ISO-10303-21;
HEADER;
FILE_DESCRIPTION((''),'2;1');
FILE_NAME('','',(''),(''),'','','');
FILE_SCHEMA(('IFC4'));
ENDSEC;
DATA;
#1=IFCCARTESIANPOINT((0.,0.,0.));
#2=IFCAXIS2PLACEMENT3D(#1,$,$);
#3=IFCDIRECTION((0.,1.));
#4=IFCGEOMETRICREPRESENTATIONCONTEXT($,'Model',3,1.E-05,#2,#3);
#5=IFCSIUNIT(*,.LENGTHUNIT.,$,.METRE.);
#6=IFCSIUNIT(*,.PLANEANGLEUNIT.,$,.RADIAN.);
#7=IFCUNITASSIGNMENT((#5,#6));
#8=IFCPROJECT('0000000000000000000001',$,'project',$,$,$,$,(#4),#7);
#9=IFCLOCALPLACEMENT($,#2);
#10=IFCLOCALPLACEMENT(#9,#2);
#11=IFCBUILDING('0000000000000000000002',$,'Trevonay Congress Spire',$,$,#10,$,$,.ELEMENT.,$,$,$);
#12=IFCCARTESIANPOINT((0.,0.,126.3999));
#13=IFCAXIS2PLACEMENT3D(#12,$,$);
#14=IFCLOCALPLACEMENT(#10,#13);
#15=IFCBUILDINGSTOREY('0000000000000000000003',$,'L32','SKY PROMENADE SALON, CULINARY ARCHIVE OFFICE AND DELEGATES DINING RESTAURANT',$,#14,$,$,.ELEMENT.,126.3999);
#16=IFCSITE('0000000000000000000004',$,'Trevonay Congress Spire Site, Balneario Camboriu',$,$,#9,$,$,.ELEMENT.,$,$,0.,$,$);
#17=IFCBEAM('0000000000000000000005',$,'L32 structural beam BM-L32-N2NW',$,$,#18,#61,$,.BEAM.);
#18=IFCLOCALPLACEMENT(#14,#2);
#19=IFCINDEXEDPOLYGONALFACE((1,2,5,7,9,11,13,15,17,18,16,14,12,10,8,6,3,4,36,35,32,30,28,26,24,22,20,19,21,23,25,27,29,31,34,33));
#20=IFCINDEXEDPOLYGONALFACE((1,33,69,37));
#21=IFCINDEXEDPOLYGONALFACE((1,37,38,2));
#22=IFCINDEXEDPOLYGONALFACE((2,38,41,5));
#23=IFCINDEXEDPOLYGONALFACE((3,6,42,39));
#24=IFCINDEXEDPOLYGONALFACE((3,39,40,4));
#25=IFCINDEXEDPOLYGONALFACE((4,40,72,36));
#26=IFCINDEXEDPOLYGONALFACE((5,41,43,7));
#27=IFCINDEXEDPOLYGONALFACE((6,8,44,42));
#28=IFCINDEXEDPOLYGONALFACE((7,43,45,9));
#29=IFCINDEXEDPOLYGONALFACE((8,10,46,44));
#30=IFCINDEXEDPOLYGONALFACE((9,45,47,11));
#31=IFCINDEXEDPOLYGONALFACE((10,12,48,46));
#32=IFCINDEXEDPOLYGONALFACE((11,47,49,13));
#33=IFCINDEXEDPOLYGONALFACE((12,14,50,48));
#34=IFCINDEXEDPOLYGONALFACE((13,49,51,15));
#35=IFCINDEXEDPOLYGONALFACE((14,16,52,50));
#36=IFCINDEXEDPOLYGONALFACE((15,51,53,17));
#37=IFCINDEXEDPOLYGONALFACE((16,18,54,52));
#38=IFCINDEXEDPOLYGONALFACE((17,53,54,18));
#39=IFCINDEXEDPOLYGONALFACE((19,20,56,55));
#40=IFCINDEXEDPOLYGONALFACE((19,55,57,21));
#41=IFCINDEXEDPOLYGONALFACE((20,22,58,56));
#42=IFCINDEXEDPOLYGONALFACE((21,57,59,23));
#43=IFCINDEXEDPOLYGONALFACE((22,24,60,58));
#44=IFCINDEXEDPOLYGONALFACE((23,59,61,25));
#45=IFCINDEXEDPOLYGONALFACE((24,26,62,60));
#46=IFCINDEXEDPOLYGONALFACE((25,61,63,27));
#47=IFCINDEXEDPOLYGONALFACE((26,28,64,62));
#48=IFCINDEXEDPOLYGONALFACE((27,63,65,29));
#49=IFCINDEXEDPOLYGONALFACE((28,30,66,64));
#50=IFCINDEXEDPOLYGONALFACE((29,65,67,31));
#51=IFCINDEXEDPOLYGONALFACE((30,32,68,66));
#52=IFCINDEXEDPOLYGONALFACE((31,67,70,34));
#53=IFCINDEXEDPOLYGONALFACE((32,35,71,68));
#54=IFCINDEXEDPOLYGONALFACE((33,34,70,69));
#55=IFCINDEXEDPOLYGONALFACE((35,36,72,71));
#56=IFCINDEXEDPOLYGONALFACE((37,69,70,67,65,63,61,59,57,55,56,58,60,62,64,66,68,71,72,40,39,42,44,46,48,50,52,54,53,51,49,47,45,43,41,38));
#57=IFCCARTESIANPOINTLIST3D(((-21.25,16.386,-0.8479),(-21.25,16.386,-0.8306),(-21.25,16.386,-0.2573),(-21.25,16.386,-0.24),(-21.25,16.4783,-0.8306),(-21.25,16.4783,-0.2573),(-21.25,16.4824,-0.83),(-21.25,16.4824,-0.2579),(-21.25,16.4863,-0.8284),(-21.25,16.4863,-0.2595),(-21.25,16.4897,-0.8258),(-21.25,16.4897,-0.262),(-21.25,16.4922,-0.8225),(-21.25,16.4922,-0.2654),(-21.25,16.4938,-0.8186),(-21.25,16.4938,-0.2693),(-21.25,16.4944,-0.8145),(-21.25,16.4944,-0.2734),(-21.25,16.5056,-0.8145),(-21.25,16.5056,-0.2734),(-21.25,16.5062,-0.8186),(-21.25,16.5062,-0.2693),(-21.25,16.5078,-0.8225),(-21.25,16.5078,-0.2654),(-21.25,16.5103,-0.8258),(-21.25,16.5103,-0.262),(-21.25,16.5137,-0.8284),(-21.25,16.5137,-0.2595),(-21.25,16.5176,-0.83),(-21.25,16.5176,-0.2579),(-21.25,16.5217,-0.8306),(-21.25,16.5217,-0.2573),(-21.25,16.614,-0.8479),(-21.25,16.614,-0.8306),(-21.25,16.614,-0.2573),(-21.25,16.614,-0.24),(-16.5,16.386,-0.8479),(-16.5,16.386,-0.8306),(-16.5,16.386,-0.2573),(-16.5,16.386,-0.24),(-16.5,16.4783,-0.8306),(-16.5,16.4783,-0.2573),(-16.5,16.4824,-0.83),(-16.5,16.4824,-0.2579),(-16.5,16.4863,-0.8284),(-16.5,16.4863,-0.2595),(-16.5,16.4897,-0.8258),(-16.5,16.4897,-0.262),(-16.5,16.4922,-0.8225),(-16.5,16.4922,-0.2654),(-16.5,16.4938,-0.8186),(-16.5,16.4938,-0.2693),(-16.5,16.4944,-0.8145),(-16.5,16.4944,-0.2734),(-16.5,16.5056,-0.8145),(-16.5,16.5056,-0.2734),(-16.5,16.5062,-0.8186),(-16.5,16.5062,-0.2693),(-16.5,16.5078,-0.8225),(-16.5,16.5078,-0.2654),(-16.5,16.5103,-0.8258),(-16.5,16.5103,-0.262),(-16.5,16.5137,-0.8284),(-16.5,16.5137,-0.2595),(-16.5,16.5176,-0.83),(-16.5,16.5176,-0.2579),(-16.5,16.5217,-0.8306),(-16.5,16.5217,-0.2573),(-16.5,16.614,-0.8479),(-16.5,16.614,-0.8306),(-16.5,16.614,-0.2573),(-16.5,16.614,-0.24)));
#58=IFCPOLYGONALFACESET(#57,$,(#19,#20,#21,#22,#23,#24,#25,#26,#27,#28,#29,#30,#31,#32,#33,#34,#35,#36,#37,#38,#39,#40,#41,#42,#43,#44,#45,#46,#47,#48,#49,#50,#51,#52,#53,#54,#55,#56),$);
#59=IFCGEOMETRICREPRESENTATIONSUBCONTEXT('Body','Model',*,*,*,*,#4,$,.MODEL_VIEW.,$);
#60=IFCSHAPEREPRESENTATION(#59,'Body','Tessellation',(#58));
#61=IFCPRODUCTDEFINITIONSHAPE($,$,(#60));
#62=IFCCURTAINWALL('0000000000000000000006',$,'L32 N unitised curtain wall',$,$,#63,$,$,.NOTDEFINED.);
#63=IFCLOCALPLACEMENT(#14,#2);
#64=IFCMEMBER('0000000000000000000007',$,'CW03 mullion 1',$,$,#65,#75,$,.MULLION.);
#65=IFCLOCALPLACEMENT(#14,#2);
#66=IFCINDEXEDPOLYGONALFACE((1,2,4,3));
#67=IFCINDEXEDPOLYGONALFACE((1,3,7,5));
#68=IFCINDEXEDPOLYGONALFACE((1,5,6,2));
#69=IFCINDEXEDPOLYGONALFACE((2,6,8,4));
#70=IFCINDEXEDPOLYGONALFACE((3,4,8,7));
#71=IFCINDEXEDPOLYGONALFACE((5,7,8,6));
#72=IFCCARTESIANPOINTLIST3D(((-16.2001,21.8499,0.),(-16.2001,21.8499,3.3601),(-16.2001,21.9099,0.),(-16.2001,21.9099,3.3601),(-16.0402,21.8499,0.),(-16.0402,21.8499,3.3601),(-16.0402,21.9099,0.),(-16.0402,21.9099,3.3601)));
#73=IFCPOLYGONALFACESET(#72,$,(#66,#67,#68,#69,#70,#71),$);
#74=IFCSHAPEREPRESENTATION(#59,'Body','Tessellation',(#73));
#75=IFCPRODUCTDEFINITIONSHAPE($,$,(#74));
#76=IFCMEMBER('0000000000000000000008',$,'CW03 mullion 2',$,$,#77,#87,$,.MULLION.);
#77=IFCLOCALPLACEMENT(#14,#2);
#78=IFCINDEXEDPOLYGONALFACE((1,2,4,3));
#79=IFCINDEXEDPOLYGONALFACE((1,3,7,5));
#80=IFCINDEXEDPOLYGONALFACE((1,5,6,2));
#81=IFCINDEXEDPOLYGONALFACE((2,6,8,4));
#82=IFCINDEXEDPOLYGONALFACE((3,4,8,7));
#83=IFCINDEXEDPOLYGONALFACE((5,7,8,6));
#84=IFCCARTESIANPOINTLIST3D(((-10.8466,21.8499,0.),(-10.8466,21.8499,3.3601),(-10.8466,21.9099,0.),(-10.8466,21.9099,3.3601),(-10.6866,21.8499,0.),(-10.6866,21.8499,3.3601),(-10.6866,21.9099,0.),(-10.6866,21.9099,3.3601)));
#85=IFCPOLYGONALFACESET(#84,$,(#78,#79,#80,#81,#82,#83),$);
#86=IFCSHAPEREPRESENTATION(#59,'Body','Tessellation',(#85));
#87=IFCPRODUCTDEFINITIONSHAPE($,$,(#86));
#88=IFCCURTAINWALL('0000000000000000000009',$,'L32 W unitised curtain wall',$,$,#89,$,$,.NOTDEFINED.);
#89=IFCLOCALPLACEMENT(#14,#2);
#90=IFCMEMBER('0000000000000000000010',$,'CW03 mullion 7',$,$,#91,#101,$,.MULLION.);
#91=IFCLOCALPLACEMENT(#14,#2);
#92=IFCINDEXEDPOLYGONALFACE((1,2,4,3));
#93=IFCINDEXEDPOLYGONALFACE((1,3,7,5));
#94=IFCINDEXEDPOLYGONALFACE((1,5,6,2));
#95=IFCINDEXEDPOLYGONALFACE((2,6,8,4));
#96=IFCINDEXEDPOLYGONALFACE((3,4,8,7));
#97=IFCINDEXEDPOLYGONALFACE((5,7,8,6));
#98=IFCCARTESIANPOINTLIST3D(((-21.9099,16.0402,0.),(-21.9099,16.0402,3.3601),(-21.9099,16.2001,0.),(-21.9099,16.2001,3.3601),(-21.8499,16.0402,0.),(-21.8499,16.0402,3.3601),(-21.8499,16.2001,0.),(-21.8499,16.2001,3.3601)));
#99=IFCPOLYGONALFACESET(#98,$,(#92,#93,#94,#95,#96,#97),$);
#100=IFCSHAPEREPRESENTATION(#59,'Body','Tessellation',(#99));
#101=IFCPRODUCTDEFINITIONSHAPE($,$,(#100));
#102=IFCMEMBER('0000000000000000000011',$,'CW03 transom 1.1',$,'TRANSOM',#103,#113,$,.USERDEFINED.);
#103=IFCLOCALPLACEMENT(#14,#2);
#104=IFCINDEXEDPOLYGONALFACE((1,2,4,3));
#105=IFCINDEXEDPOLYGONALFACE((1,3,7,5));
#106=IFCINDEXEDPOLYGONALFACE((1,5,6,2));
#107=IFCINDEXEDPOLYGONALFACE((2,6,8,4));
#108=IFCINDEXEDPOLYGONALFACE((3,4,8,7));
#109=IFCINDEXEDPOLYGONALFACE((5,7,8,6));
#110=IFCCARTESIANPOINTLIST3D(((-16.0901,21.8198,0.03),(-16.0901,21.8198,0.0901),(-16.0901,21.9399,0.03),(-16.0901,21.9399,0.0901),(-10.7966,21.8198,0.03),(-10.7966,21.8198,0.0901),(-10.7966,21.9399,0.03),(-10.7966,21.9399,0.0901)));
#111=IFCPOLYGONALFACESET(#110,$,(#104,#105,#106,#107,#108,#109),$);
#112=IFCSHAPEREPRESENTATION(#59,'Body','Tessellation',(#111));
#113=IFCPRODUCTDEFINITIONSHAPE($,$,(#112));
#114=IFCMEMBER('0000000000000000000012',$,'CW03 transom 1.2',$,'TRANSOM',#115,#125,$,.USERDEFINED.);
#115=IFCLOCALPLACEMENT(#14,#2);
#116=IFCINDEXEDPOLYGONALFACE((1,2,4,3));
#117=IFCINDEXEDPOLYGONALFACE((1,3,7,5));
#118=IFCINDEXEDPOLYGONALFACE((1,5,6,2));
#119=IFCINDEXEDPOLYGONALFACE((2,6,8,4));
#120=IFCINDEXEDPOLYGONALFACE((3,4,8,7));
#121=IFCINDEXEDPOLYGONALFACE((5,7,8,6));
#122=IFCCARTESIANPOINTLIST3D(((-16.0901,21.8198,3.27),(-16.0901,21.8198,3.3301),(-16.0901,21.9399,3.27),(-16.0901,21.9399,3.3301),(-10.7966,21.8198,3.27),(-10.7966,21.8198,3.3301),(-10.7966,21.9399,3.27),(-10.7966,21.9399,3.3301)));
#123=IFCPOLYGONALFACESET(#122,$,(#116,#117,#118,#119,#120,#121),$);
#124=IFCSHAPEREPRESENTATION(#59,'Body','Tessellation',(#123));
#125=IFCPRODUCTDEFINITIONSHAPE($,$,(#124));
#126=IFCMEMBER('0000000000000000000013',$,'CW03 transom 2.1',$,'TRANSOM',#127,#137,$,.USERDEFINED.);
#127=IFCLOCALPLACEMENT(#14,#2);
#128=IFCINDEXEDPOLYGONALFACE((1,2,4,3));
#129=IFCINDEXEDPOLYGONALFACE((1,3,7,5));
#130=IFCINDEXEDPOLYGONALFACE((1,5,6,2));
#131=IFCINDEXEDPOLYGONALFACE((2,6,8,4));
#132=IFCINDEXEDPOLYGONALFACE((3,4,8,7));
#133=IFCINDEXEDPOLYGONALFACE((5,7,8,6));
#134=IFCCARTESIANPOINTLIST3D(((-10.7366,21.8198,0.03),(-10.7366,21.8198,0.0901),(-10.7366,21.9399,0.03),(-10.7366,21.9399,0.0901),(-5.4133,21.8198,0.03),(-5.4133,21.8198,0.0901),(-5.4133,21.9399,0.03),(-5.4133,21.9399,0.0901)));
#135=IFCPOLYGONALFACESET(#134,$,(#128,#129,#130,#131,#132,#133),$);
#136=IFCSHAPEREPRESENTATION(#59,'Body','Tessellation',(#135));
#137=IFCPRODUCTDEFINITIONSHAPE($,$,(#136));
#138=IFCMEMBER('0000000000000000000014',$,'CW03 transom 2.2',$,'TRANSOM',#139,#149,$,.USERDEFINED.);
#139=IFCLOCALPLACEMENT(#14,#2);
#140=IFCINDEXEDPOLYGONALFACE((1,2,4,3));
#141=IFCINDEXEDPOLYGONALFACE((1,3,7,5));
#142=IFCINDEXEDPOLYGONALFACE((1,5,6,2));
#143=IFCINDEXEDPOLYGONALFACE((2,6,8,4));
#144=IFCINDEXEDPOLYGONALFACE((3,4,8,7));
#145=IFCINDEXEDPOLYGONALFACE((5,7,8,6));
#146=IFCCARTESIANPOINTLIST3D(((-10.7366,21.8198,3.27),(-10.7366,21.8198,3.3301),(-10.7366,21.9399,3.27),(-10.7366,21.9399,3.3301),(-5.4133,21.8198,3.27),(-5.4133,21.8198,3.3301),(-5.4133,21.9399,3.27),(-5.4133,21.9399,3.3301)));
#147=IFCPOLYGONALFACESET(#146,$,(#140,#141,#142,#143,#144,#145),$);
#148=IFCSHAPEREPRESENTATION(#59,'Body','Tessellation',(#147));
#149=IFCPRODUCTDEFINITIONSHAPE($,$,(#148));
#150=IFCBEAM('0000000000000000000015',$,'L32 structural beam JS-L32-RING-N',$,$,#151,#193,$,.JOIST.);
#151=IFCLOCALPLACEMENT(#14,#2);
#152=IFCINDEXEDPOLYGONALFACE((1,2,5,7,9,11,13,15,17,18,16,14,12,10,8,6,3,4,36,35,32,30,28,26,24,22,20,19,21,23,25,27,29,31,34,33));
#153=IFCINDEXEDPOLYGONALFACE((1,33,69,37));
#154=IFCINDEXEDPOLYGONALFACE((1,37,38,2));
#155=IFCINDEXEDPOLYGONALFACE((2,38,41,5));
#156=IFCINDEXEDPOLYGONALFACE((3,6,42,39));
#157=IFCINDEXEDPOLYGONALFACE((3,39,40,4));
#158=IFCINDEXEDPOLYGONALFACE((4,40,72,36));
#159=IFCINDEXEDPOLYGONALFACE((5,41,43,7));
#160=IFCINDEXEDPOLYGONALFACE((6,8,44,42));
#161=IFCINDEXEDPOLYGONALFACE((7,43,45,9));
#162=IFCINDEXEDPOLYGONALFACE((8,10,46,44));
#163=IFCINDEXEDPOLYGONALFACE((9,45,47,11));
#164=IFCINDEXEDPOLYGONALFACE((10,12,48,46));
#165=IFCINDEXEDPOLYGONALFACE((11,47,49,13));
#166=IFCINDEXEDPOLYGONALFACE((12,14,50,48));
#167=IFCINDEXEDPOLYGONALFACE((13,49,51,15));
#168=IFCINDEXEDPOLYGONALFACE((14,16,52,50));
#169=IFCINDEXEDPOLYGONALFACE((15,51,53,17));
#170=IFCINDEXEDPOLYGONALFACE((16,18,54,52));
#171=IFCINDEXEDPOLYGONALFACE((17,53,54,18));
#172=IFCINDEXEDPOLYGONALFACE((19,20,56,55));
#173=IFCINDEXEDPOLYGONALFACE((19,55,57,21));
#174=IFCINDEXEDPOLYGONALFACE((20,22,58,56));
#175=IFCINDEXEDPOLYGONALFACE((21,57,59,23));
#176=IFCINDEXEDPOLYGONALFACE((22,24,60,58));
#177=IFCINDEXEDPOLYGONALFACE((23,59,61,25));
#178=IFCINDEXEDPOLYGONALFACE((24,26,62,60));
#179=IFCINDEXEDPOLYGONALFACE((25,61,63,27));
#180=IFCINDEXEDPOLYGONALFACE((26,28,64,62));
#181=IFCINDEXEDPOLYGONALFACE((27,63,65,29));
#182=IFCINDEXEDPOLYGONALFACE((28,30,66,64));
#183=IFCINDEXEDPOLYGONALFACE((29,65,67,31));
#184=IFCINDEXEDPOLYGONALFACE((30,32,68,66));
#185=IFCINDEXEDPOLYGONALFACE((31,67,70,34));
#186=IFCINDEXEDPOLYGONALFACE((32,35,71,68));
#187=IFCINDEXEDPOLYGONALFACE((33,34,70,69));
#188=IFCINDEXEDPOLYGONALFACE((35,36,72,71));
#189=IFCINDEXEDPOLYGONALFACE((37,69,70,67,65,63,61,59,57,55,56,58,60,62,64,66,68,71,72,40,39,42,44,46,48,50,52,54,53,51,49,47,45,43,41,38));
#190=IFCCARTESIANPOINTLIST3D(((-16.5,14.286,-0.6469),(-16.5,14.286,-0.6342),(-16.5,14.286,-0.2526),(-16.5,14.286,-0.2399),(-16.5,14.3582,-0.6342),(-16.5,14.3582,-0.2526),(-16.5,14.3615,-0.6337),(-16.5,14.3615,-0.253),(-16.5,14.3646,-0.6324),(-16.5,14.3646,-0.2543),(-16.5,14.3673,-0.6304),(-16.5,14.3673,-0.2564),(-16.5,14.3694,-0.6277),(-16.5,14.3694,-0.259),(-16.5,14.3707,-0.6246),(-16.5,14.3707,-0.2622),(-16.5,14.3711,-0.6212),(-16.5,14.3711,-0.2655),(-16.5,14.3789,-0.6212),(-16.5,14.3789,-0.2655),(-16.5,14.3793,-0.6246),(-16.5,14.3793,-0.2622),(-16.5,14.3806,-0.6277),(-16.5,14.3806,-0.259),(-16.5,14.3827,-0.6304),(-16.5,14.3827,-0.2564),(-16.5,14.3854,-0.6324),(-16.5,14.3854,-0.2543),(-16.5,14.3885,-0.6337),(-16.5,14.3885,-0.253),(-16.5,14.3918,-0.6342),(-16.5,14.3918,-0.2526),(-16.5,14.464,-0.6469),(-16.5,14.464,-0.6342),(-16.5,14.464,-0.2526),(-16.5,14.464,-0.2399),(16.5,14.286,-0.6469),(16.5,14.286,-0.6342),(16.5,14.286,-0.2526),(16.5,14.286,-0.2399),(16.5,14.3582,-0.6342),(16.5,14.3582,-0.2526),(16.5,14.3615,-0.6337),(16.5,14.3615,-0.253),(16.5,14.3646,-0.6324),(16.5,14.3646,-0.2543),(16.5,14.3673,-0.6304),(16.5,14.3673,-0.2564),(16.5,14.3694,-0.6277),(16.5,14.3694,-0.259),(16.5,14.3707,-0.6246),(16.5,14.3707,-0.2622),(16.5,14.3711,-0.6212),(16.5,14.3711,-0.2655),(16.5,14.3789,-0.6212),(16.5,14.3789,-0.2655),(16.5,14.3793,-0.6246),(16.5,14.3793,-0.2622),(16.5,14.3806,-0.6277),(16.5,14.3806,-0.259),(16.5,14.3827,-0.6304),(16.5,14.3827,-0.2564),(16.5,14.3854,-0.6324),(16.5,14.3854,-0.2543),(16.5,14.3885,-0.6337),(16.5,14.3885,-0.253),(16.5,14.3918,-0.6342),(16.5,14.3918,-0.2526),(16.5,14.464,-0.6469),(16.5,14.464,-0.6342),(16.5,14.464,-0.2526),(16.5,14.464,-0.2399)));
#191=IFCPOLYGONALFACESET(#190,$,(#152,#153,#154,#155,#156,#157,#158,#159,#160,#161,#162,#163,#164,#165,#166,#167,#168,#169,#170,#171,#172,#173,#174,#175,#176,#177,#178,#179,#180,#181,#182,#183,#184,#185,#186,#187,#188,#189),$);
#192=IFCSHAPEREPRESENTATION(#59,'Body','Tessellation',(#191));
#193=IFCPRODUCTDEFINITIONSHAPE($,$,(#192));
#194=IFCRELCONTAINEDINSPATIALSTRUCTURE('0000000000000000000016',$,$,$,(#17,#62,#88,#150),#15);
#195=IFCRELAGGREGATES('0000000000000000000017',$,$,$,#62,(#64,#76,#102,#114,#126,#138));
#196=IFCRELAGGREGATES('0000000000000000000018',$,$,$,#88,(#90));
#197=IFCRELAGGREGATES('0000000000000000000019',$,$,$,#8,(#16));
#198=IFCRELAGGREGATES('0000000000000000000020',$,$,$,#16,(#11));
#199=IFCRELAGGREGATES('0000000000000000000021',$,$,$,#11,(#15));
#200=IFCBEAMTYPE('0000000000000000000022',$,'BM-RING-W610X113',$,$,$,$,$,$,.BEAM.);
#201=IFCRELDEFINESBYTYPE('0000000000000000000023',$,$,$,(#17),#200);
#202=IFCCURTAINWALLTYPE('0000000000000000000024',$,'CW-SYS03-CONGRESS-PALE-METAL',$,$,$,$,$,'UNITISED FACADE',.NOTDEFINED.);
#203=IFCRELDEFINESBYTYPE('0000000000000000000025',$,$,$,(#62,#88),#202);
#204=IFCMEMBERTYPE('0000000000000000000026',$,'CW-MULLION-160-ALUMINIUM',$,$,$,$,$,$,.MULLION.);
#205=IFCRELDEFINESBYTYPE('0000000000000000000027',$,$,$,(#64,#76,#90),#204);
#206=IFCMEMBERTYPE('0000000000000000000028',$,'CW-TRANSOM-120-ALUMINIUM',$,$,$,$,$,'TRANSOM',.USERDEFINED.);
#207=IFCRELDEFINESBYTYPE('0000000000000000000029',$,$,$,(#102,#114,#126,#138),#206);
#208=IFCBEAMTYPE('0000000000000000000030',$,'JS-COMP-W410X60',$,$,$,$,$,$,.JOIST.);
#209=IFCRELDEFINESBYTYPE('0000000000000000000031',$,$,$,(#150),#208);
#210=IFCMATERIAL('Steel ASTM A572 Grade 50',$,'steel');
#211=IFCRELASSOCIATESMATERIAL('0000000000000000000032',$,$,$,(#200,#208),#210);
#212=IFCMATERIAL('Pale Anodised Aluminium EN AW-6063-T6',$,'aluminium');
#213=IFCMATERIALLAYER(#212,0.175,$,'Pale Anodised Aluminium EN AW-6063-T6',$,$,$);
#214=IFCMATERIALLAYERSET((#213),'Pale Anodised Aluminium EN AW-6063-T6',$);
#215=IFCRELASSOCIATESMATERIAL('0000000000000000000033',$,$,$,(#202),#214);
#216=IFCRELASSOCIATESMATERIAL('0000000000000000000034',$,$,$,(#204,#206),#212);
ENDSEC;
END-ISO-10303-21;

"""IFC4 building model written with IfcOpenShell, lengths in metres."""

from ifc_helpers import new_model, si_unit, direction, frame, origin, origin_2d, place, context, subcontext, project, spatial, rectangle, i_section, extrude, material, layer, layer_set, material_profile, profile_set, type_object, element, aggregate, save


model = new_model("IFC4")

# Units and contexts
model_context = context("Model", 3, precision=1e-05, world=origin(), true_north=direction((0.0, 1.0)))
body_context = subcontext(model_context, "Body", "Model", "MODEL_VIEW")
ifc_project = project(units=[si_unit("LENGTHUNIT", "METRE"), si_unit("PLANEANGLEUNIT", "RADIAN")], contexts=[model_context])

# Site, building, storey
site_placement = place(None, origin())
site = spatial("IfcSite", under=ifc_project, at=site_placement, Name="Trevonay Congress Spire Site, Balneario Camboriu", CompositionType="ELEMENT", RefElevation=0.0)
building_placement = place(site_placement, origin())
building = spatial("IfcBuilding", under=site, at=building_placement, Name="Trevonay Congress Spire", CompositionType="ELEMENT")
storey_placement = place(building_placement, frame((0.0, 0.0, 126.3999)))
storey = spatial("IfcBuildingStorey", under=building, at=storey_placement, Name="L32", Description="SKY PROMENADE SALON, CULINARY ARCHIVE OFFICE AND DELEGATES DINING RESTAURANT", CompositionType="ELEMENT", Elevation=126.3999)

# Shared definitions
ifc_material_1 = material(Name="Steel ASTM A572 Grade 50", Category="steel")

# Beam
ifc_material_profile_1 = material_profile(ifc_material_1, i_section(OverallWidth=0.228, OverallDepth=0.6079, WebThickness=0.0112, FlangeThickness=0.0173, FilletRadius=0.0161, at=origin_2d()), Name="W610x113")
ifc_profile_set_1 = profile_set([ifc_material_profile_1], Name="Steel ASTM A572 Grade 50")
beam_type_1 = type_object("IfcBeamType", Name="BM-RING-W610X113", PredefinedType="BEAM", material=ifc_profile_set_1)
for number, where, z_axis, x_axis, name in (
    (1, (-21.25, 16.5, -0.5439), (1.0, 0.0, 0.0), (0.0, 1.0, 0.0), "L32 structural beam BM-L32-N2NW"),
):
    element("IfcBeam", number, at=place(storey_placement, frame(where, z_axis=z_axis, x_axis=x_axis)), inside=storey, type_object=beam_type_1, Name=name, PredefinedType="BEAM", context=body_context, shape_type="SweptSolid", body=[
        extrude(i_section(OverallWidth=0.228, OverallDepth=0.6079, WebThickness=0.0112, FlangeThickness=0.0173, FilletRadius=0.0161, at=origin_2d()), origin(), (0.0, 0.0, 1.0), 4.75),
    ])

# Curtain wall, members
ifc_material_2 = material(Name="Pale Anodised Aluminium EN AW-6063-T6", Category="aluminium")
ifc_layer_1 = layer(ifc_material_2, 0.175, Name="Pale Anodised Aluminium EN AW-6063-T6")
ifc_layer_set_1 = layer_set([ifc_layer_1], Name="Pale Anodised Aluminium EN AW-6063-T6")
curtain_wall_type = type_object("IfcCurtainWallType", Name="CW-SYS03-CONGRESS-PALE-METAL", ElementType="UNITISED FACADE", PredefinedType="NOTDEFINED", material=ifc_layer_set_1)
curtain_wall_1_placement = place(storey_placement, origin())
curtain_wall_1 = element("IfcCurtainWall", 2, at=curtain_wall_1_placement, inside=storey, type_object=curtain_wall_type, Name="L32 N unitised curtain wall", PredefinedType="NOTDEFINED")
ifc_material_profile_2 = material_profile(ifc_material_2, rectangle(XDim=0.0601, YDim=0.1599, at=origin_2d()), Name="CW-MULLION-160-ALUMINIUM")
ifc_profile_set_2 = profile_set([ifc_material_profile_2], Name="Pale Anodised Aluminium EN AW-6063-T6")
member_type_1 = type_object("IfcMemberType", Name="CW-MULLION-160-ALUMINIUM", PredefinedType="MULLION", material=ifc_profile_set_2)
member_1_placement = place(storey_placement, frame((-16.1201, 21.8799, 0.0), z_axis=(0.0, 0.0, 1.0), x_axis=(0.0, 1.0, 0.0)))
member_1 = element("IfcMember", 3, at=member_1_placement, type_object=member_type_1, Name="CW03 mullion 1", PredefinedType="MULLION", context=body_context, shape_type="SweptSolid", body=[
    extrude(rectangle(XDim=0.0601, YDim=0.1599, at=origin_2d()), origin(), (0.0, 0.0, 1.0), 3.3601),
])
member_2_placement = place(storey_placement, frame((-10.7666, 21.8799, 0.0), z_axis=(0.0, 0.0, 1.0), x_axis=(0.0, 1.0, 0.0)))
member_2 = element("IfcMember", 4, at=member_2_placement, type_object=member_type_1, Name="CW03 mullion 2", PredefinedType="MULLION", context=body_context, shape_type="SweptSolid", body=[
    extrude(rectangle(XDim=0.0601, YDim=0.1599, at=origin_2d()), origin(), (0.0, 0.0, 1.0), 3.3601),
])

# Curtain wall, member
curtain_wall_2_placement = place(storey_placement, origin())
curtain_wall_2 = element("IfcCurtainWall", 5, at=curtain_wall_2_placement, inside=storey, type_object=curtain_wall_type, Name="L32 W unitised curtain wall", PredefinedType="NOTDEFINED")
member_3_placement = place(storey_placement, frame((-21.8799, 16.1201, 0.0), z_axis=(0.0, 0.0, 1.0), x_axis=(-1.0, 0.0, 0.0)))
member_3 = element("IfcMember", 6, at=member_3_placement, type_object=member_type_1, Name="CW03 mullion 7", PredefinedType="MULLION", context=body_context, shape_type="SweptSolid", body=[
    extrude(rectangle(XDim=0.0601, YDim=0.1599, at=origin_2d()), origin(), (0.0, 0.0, 1.0), 3.3601),
])

# Members
ifc_material_profile_3 = material_profile(ifc_material_2, rectangle(XDim=0.1201, YDim=0.0601, at=origin_2d()), Name="CW-TRANSOM-120-ALUMINIUM")
ifc_profile_set_3 = profile_set([ifc_material_profile_3], Name="Pale Anodised Aluminium EN AW-6063-T6")
member_type_2 = type_object("IfcMemberType", Name="CW-TRANSOM-120-ALUMINIUM", ElementType="TRANSOM", PredefinedType="USERDEFINED", material=ifc_profile_set_3)
member_4_placement = place(storey_placement, frame((-16.0901, 21.8799, 0.0601), z_axis=(1.0, 0.0, 0.0), x_axis=(0.0, 1.0, 0.0)))
member_4 = element("IfcMember", 7, at=member_4_placement, type_object=member_type_2, Name="CW03 transom 1.1", ObjectType="TRANSOM", PredefinedType="USERDEFINED", context=body_context, shape_type="SweptSolid", body=[
    extrude(rectangle(XDim=0.1201, YDim=0.0601, at=origin_2d()), origin(), (0.0, 0.0, 1.0), 5.2935),
])
member_5_placement = place(storey_placement, frame((-16.0901, 21.8799, 3.3), z_axis=(1.0, 0.0, 0.0), x_axis=(0.0, 1.0, 0.0)))
member_5 = element("IfcMember", 8, at=member_5_placement, type_object=member_type_2, Name="CW03 transom 1.2", ObjectType="TRANSOM", PredefinedType="USERDEFINED", context=body_context, shape_type="SweptSolid", body=[
    extrude(rectangle(XDim=0.1201, YDim=0.0601, at=origin_2d()), origin(), (0.0, 0.0, 1.0), 5.2935),
])
member_6_placement = place(storey_placement, frame((-10.7366, 21.8799, 0.0601), z_axis=(1.0, 0.0, 0.0), x_axis=(0.0, 1.0, 0.0)))
member_6 = element("IfcMember", 9, at=member_6_placement, type_object=member_type_2, Name="CW03 transom 2.1", ObjectType="TRANSOM", PredefinedType="USERDEFINED", context=body_context, shape_type="SweptSolid", body=[
    extrude(rectangle(XDim=0.1201, YDim=0.0601, at=origin_2d()), origin(), (0.0, 0.0, 1.0), 5.3232),
])
member_7_placement = place(storey_placement, frame((-10.7366, 21.8799, 3.3), z_axis=(1.0, 0.0, 0.0), x_axis=(0.0, 1.0, 0.0)))
member_7 = element("IfcMember", 10, at=member_7_placement, type_object=member_type_2, Name="CW03 transom 2.2", ObjectType="TRANSOM", PredefinedType="USERDEFINED", context=body_context, shape_type="SweptSolid", body=[
    extrude(rectangle(XDim=0.1201, YDim=0.0601, at=origin_2d()), origin(), (0.0, 0.0, 1.0), 5.3232),
])

# Beam
ifc_material_profile_4 = material_profile(ifc_material_1, i_section(OverallWidth=0.178, OverallDepth=0.407, WebThickness=0.0078, FlangeThickness=0.0127, FilletRadius=0.0129, at=origin_2d()), Name="W410x60")
ifc_profile_set_4 = profile_set([ifc_material_profile_4], Name="Steel ASTM A572 Grade 50")
beam_type_2 = type_object("IfcBeamType", Name="JS-COMP-W410X60", PredefinedType="JOIST", material=ifc_profile_set_4)
beam_1_placement = place(storey_placement, frame((-16.5, 14.375, -0.4434), z_axis=(1.0, 0.0, 0.0), x_axis=(0.0, 1.0, 0.0)))
element("IfcBeam", 11, at=beam_1_placement, inside=storey, type_object=beam_type_2, Name="L32 structural beam JS-L32-RING-N", PredefinedType="JOIST", context=body_context, shape_type="SweptSolid", body=[
    extrude(i_section(OverallWidth=0.178, OverallDepth=0.407, WebThickness=0.0078, FlangeThickness=0.0127, FilletRadius=0.0129, at=origin_2d()), origin(), (0.0, 0.0, 1.0), 33.0),
])

aggregate(curtain_wall_1, [member_1, member_2, member_4, member_5, member_6, member_7])
aggregate(curtain_wall_2, [member_3])

save(model, "model.ifc")
